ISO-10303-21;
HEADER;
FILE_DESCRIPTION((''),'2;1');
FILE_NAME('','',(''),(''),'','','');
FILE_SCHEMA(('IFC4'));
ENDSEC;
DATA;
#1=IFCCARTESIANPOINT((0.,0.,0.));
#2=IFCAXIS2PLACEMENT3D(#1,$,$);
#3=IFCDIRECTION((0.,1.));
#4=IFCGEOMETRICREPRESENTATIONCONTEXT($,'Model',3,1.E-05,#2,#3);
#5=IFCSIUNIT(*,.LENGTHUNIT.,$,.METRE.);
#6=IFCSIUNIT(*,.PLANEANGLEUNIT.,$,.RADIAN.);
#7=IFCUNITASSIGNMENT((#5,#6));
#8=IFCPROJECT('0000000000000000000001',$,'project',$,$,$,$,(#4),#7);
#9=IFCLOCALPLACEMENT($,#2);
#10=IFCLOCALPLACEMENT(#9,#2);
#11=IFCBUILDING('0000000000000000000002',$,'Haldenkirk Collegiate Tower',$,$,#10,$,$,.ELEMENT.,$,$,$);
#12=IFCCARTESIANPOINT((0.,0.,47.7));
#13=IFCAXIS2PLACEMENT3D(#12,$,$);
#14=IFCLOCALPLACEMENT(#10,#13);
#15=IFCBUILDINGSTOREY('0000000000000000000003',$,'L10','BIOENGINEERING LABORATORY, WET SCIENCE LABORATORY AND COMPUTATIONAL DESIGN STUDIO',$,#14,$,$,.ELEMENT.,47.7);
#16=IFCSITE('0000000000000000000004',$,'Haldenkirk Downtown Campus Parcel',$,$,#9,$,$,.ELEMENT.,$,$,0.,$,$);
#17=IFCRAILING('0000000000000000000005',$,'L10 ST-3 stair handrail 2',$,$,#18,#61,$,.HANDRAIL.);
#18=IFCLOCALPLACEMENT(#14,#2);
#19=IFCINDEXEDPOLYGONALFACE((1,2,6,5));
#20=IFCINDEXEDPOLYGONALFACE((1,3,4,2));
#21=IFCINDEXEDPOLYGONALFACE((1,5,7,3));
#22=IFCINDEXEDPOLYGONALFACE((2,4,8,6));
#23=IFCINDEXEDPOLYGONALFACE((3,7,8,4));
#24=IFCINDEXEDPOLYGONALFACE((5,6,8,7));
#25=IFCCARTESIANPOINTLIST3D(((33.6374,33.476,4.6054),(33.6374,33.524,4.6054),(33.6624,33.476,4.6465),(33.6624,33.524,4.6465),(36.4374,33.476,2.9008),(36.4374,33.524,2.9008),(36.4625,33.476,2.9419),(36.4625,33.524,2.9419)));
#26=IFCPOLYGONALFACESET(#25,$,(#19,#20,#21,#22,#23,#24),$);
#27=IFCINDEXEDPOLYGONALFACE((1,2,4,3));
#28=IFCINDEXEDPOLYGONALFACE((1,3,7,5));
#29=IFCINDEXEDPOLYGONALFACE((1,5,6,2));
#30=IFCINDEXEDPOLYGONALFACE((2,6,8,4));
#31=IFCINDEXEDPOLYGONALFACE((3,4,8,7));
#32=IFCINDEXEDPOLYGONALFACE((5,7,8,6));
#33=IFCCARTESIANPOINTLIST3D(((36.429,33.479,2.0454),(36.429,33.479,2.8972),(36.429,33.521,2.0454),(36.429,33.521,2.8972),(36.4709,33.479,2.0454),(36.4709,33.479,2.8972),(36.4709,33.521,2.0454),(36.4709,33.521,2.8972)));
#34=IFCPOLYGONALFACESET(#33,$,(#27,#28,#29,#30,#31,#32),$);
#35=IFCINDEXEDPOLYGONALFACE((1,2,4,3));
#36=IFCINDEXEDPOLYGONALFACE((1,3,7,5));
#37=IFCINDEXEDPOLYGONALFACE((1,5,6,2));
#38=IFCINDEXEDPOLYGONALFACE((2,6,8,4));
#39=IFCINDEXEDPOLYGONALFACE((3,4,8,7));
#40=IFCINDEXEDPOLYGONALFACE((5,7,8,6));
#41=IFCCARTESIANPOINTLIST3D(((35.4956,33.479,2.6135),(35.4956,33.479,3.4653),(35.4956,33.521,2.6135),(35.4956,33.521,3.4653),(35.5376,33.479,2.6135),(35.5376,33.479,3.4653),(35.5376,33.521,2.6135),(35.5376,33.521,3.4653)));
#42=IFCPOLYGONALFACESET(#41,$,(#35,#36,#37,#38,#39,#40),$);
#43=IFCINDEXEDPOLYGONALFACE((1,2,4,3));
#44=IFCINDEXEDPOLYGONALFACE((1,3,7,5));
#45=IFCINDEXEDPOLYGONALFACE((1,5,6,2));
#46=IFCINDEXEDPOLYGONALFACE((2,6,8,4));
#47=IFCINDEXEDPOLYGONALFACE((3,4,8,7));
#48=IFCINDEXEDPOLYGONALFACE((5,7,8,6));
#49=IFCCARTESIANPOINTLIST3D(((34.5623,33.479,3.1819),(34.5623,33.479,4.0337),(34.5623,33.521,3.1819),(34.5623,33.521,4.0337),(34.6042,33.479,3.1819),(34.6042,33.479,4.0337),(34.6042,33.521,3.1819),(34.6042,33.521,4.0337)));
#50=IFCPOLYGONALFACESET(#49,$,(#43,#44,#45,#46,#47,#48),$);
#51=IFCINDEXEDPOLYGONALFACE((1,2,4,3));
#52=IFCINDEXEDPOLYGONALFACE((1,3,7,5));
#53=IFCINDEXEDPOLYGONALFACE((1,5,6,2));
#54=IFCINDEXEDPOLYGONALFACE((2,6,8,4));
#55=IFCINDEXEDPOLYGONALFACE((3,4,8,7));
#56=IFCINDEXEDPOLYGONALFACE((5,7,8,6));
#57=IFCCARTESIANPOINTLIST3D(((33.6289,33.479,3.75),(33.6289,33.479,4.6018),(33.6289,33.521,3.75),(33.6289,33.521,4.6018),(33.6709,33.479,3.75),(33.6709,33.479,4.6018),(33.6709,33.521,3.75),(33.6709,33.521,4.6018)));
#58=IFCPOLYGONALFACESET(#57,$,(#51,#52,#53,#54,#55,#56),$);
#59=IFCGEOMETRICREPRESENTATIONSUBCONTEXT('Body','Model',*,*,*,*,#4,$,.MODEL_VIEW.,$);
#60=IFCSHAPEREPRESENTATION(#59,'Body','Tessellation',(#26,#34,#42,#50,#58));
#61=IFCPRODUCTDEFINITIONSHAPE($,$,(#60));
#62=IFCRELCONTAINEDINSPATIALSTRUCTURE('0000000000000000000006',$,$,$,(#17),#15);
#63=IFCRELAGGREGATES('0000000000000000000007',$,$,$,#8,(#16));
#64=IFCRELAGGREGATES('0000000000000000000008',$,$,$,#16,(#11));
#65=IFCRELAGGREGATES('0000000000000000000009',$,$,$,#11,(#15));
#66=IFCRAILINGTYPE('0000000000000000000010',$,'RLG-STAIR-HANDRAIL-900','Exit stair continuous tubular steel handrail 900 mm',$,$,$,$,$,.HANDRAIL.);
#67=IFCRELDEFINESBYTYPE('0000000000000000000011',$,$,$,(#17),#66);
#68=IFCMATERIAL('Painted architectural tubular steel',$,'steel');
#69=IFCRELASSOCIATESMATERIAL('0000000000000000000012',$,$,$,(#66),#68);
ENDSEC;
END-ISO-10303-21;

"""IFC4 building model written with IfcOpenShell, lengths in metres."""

from ifc_helpers import new_model, si_unit, direction, frame, origin, origin_2d, place, context, subcontext, project, spatial, rectangle, extrude, material, type_object, element, save


model = new_model("IFC4")

# Units and contexts
model_context = context("Model", 3, precision=1e-05, world=origin(), true_north=direction((0.0, 1.0)))
body_context = subcontext(model_context, "Body", "Model", "MODEL_VIEW")
ifc_project = project(units=[si_unit("LENGTHUNIT", "METRE"), si_unit("PLANEANGLEUNIT", "RADIAN")], contexts=[model_context])

# Site, building, storey
site_placement = place(None, origin())
site = spatial("IfcSite", under=ifc_project, at=site_placement, Name="Haldenkirk Downtown Campus Parcel", CompositionType="ELEMENT", RefElevation=0.0)
building_placement = place(site_placement, origin())
building = spatial("IfcBuilding", under=site, at=building_placement, Name="Haldenkirk Collegiate Tower", CompositionType="ELEMENT")
storey_placement = place(building_placement, frame((0.0, 0.0, 47.7)))
storey = spatial("IfcBuildingStorey", under=building, at=storey_placement, Name="L10", Description="BIOENGINEERING LABORATORY, WET SCIENCE LABORATORY AND COMPUTATIONAL DESIGN STUDIO", CompositionType="ELEMENT", Elevation=47.7)

# Railing
ifc_material_1 = material(Name="Painted architectural tubular steel", Category="steel")
railing_type_1 = type_object("IfcRailingType", Name="RLG-STAIR-HANDRAIL-900", Description="Exit stair continuous tubular steel handrail 900 mm", PredefinedType="HANDRAIL", material=ifc_material_1)
railing_1_placement = place(storey_placement, frame((36.45, 33.5, 2.0454)))
element("IfcRailing", 1, at=railing_1_placement, inside=storey, type_object=railing_type_1, Name="L10 ST-3 stair handrail 2", PredefinedType="HANDRAIL", context=body_context, shape_type="SweptSolid", body=[
    extrude(rectangle(XDim=0.0481, YDim=0.0481, at=origin_2d()), frame((0.0, 0.0, 0.876), z_axis=(-0.85417, 0.0, 0.519994), x_axis=(0.0, -1.0, 0.0)), (0.0, 0.0, 1.0), 3.2781),
    extrude(rectangle(XDim=0.042, YDim=0.042, at=origin_2d()), origin(), (0.0, 0.0, 1.0), 0.8518),
    extrude(rectangle(XDim=0.042, YDim=0.042, at=origin_2d()), frame((-0.9333, 0.0, 0.5681)), (0.0, 0.0, 1.0), 0.8518),
    extrude(rectangle(XDim=0.042, YDim=0.042, at=origin_2d()), frame((-1.8667, 0.0, 1.1365)), (0.0, 0.0, 1.0), 0.8518),
    extrude(rectangle(XDim=0.042, YDim=0.042, at=origin_2d()), frame((-2.8, 0.0, 1.7046)), (0.0, 0.0, 1.0), 0.8518),
])

save(model, "model.ifc")
